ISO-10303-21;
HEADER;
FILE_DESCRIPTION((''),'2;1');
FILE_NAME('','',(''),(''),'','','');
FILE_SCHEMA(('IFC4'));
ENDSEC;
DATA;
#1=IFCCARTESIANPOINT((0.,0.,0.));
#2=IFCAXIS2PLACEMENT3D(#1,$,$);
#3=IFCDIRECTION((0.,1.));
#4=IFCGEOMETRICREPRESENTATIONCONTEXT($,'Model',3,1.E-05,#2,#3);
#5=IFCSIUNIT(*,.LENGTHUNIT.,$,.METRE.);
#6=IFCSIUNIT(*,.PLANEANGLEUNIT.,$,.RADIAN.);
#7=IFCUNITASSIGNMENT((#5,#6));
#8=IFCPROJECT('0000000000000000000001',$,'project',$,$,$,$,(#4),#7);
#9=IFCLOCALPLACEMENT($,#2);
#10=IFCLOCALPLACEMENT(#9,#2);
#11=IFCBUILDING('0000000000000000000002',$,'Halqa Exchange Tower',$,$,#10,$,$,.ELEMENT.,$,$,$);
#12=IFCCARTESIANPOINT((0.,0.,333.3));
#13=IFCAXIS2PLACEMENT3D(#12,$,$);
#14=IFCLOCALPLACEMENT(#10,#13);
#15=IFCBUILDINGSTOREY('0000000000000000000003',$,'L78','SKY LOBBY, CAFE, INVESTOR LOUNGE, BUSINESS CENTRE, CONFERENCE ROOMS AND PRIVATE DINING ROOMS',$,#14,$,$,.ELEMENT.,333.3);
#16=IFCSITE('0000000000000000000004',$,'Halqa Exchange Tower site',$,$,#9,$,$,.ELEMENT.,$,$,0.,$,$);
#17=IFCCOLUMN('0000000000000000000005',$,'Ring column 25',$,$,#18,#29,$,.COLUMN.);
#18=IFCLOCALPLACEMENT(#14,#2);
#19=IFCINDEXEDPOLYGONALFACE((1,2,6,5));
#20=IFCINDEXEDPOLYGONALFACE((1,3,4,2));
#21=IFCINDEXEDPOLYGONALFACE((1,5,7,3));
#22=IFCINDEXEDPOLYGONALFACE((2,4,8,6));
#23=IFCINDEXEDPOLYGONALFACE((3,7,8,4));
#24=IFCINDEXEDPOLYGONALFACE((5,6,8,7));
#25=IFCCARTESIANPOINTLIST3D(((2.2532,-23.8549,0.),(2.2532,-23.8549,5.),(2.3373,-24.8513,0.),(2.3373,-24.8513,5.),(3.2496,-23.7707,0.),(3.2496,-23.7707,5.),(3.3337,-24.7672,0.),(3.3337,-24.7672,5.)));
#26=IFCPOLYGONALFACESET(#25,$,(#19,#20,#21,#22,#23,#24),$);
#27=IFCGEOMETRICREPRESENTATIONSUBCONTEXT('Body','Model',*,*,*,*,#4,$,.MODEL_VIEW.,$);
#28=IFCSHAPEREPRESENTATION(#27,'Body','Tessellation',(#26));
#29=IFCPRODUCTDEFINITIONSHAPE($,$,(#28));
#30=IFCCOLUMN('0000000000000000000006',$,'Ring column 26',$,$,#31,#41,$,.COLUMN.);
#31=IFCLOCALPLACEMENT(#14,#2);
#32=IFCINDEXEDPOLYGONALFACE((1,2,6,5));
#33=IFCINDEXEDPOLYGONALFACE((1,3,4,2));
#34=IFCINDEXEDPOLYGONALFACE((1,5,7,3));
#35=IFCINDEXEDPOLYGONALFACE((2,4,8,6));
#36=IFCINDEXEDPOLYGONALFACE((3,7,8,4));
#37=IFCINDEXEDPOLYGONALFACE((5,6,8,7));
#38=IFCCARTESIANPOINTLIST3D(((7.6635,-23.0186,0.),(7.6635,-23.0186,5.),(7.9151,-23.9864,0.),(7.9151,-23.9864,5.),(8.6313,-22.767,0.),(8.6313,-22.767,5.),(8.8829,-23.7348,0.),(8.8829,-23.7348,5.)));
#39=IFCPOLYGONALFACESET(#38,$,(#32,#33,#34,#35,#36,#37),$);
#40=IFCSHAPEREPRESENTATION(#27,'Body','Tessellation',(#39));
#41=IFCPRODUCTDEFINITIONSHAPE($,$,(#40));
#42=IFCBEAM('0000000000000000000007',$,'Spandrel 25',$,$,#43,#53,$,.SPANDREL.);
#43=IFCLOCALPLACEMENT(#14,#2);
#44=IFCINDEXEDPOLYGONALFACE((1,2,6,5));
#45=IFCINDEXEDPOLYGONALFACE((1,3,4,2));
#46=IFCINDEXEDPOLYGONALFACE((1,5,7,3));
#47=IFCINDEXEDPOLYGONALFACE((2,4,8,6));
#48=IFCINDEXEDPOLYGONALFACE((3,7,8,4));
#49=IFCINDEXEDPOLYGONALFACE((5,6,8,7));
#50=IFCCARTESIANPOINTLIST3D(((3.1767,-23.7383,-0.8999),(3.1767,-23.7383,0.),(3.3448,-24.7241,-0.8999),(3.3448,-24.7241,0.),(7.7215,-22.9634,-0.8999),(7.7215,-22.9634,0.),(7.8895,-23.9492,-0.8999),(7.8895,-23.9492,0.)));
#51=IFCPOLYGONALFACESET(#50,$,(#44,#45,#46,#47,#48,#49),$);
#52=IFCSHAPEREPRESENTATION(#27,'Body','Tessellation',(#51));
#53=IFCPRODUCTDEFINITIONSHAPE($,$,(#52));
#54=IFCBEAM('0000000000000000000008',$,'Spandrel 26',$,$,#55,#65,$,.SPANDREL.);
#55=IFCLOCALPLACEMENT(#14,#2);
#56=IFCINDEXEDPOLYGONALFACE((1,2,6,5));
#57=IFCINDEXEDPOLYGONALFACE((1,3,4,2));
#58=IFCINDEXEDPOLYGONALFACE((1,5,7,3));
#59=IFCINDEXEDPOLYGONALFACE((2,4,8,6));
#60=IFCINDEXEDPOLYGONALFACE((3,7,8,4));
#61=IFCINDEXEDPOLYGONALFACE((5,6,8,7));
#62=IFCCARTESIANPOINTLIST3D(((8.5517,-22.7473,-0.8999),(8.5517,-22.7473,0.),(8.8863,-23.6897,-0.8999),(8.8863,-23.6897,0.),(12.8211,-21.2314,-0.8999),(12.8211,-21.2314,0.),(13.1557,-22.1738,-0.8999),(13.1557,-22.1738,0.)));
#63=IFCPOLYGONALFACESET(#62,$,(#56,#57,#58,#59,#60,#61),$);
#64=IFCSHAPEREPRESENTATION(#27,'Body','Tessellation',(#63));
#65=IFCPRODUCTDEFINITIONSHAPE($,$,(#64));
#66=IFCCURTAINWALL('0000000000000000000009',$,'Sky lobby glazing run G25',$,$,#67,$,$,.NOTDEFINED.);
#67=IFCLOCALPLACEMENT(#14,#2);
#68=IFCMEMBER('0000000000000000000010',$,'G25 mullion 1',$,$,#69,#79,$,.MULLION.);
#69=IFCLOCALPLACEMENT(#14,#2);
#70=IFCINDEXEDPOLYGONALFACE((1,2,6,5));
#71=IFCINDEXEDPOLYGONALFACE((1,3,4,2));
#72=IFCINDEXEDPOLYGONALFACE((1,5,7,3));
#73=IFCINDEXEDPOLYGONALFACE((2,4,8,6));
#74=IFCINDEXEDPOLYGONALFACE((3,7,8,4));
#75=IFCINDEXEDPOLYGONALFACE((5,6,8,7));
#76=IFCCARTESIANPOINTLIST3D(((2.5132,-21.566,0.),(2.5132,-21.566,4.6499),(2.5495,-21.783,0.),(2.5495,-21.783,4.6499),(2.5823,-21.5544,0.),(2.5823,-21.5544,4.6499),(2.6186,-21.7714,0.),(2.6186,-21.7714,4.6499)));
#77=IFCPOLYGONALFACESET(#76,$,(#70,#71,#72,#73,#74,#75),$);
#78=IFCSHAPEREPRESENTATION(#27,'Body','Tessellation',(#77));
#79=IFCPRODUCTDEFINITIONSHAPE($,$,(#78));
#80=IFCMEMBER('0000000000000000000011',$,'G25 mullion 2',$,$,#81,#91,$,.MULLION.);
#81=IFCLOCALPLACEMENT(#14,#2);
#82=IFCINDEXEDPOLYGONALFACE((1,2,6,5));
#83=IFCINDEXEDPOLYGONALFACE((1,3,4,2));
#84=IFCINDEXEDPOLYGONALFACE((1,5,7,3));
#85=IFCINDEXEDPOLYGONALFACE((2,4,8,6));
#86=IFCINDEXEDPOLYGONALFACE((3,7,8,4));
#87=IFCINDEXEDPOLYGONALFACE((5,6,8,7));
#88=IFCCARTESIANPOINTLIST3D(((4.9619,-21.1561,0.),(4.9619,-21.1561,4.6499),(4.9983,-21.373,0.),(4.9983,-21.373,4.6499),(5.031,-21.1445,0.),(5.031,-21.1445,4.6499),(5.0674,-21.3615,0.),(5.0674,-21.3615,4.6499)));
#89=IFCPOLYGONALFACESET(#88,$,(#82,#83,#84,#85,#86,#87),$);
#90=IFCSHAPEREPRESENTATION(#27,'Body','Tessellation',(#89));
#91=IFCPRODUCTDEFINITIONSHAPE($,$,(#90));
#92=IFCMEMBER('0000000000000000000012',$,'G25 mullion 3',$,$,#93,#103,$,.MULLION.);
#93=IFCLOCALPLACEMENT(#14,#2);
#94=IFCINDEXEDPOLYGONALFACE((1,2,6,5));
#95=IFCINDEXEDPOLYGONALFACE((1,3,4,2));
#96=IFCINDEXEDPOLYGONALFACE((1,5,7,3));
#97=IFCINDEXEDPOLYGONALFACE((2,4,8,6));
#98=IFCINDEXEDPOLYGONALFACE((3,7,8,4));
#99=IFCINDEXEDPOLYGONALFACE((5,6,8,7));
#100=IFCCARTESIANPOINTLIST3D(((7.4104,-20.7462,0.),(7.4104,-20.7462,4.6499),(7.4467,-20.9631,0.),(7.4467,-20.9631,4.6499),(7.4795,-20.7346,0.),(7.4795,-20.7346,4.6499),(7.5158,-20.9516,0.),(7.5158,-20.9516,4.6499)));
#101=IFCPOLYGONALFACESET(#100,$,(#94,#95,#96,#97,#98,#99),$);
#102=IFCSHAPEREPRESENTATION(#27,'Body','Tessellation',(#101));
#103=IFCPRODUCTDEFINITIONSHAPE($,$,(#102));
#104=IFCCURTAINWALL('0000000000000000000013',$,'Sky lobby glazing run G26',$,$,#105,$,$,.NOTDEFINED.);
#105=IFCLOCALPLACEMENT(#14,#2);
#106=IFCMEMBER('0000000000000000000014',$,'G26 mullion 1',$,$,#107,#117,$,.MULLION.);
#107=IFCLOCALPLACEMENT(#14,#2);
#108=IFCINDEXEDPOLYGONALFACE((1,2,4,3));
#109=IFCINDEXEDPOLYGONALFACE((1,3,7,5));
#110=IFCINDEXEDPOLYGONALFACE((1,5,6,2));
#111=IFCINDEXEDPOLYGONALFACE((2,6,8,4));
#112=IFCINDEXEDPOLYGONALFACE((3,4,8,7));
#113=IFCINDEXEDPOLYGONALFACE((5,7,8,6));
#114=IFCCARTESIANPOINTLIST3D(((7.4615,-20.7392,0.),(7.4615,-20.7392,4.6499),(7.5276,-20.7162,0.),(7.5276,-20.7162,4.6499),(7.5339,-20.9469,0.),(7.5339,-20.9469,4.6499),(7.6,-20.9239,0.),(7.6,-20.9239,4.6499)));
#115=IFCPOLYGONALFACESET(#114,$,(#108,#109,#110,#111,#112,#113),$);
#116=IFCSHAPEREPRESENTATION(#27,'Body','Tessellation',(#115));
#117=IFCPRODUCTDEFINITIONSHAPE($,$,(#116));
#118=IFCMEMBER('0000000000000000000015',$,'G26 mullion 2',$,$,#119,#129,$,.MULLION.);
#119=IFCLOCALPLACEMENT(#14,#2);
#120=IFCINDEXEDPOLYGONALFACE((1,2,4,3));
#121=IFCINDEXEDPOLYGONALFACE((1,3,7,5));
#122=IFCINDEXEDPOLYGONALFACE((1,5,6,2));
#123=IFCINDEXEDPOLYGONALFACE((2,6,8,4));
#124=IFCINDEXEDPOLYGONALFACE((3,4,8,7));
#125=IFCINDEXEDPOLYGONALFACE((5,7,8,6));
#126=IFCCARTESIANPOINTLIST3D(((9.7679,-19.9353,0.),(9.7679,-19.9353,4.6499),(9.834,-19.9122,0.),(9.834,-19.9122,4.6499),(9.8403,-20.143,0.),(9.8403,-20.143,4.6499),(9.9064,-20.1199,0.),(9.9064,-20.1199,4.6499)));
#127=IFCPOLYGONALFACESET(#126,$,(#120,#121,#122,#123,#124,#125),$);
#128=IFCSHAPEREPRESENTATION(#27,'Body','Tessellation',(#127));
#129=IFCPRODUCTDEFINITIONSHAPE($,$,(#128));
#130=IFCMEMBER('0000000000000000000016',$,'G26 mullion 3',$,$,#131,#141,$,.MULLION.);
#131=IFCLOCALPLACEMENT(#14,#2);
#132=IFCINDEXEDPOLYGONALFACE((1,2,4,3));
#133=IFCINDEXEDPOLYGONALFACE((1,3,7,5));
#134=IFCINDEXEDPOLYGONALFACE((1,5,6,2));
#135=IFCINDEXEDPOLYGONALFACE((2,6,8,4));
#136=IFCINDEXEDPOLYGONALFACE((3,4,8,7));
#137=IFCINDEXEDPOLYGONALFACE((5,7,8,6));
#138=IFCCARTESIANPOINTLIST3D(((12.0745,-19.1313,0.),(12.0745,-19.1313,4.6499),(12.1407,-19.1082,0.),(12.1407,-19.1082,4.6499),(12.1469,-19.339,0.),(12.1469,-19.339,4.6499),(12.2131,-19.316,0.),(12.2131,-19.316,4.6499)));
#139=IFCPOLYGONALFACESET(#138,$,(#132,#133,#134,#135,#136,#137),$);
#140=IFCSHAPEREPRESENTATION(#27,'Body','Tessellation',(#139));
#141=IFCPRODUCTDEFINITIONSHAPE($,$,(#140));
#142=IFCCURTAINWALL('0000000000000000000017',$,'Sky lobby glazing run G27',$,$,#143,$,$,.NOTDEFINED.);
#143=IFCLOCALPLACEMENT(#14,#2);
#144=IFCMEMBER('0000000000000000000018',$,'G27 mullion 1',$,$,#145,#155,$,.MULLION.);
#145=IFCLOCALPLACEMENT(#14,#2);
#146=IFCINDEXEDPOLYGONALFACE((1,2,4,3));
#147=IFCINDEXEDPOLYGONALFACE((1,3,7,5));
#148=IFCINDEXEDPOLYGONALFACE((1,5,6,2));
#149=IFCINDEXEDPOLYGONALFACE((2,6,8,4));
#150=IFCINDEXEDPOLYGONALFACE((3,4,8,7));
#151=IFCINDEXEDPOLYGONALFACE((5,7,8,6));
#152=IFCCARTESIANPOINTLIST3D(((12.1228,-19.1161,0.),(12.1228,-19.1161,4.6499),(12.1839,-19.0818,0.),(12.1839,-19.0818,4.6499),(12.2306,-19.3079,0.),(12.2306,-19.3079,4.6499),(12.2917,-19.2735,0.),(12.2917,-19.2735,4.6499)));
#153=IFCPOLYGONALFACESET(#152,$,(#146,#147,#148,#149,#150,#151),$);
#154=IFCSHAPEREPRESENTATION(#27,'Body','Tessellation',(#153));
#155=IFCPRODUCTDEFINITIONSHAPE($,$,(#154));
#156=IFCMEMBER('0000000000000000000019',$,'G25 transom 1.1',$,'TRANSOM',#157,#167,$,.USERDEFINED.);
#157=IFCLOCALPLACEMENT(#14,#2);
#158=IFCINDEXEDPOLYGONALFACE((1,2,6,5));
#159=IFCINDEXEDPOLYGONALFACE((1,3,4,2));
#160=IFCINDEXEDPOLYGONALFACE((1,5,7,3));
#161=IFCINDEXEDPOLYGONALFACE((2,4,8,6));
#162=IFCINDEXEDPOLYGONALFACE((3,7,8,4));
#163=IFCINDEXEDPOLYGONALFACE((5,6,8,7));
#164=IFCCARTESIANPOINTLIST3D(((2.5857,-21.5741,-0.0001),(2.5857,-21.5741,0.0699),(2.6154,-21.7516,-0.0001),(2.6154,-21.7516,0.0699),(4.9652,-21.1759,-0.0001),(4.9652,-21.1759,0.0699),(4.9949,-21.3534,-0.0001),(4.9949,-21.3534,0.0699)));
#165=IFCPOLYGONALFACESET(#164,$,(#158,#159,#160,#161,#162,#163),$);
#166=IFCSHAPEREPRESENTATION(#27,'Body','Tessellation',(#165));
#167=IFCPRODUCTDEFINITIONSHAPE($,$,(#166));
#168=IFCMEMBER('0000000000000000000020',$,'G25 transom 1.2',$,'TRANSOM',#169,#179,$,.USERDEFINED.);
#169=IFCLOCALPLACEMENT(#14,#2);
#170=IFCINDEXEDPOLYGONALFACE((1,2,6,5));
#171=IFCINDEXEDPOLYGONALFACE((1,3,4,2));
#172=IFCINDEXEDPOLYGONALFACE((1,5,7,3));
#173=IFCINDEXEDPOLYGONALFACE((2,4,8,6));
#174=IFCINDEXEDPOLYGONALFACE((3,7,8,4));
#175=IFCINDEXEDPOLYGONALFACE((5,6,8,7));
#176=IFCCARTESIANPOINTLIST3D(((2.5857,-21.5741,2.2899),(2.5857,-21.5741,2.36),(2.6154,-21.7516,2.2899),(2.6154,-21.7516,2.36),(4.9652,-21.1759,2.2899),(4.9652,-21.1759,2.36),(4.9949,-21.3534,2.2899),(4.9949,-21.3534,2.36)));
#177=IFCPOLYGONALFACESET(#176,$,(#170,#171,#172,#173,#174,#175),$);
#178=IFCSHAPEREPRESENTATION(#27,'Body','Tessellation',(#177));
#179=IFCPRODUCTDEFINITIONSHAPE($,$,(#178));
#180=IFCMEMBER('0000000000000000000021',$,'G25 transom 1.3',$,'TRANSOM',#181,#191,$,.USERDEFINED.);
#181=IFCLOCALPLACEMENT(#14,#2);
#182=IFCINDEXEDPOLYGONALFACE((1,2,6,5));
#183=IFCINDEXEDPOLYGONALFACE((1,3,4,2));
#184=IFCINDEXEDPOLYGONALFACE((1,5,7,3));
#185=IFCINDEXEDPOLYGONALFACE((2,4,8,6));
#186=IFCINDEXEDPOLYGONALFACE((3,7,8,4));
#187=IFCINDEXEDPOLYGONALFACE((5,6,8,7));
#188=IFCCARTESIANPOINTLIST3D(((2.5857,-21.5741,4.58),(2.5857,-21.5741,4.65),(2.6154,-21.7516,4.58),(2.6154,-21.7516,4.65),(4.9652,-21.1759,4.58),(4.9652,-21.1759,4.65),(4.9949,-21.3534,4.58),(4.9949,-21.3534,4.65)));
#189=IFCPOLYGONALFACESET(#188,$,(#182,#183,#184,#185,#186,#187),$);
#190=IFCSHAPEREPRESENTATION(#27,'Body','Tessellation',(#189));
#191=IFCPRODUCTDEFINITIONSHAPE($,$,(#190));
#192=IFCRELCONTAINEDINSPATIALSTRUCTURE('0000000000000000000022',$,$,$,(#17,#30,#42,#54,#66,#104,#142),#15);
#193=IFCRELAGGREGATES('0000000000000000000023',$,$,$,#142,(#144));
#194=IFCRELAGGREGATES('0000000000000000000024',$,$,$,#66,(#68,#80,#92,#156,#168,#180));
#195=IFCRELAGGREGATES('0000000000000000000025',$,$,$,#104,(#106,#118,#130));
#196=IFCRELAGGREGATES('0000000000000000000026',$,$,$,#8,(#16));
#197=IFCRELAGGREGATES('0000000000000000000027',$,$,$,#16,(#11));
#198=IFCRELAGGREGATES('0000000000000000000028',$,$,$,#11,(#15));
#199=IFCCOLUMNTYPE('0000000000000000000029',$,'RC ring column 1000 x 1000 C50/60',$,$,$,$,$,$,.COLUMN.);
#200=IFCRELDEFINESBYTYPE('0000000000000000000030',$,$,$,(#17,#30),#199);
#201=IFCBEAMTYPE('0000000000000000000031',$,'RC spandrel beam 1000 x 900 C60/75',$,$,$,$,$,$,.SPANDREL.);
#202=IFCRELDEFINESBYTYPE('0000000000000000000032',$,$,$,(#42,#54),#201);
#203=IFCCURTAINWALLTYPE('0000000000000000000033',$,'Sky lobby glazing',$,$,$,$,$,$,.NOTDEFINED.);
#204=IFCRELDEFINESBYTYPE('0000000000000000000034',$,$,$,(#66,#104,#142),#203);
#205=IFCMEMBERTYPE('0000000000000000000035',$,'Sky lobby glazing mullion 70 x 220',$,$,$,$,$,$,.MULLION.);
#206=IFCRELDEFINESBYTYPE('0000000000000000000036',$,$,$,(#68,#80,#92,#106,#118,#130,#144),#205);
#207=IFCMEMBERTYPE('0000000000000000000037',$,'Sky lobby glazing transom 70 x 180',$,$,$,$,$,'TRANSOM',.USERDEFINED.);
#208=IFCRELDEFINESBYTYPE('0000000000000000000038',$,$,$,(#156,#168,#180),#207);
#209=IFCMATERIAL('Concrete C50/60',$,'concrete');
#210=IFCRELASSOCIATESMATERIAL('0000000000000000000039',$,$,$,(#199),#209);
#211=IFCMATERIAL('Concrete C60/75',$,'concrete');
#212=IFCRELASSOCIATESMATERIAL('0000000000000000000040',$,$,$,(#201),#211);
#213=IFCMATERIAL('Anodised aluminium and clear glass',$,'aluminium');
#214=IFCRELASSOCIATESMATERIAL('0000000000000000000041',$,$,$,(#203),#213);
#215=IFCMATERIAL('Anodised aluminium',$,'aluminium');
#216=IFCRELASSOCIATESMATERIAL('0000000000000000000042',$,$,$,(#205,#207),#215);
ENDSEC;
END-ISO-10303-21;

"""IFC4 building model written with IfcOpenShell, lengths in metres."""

from ifc_helpers import new_model, si_unit, direction, frame, origin, origin_2d, place, context, subcontext, project, spatial, rectangle, extrude, material, material_profile, profile_set, type_object, element, aggregate, save


model = new_model("IFC4")

# Units and contexts
model_context = context("Model", 3, precision=1e-05, world=origin(), true_north=direction((0.0, 1.0)))
body_context = subcontext(model_context, "Body", "Model", "MODEL_VIEW")
ifc_project = project(units=[si_unit("LENGTHUNIT", "METRE"), si_unit("PLANEANGLEUNIT", "RADIAN")], contexts=[model_context])

# Site, building, storey
site_placement = place(None, origin())
site = spatial("IfcSite", under=ifc_project, at=site_placement, Name="Halqa Exchange Tower site", CompositionType="ELEMENT", RefElevation=0.0)
building_placement = place(site_placement, origin())
building = spatial("IfcBuilding", under=site, at=building_placement, Name="Halqa Exchange Tower", CompositionType="ELEMENT")
storey_placement = place(building_placement, frame((0.0, 0.0, 333.3)))
storey = spatial("IfcBuildingStorey", under=building, at=storey_placement, Name="L78", Description="SKY LOBBY, CAFE, INVESTOR LOUNGE, BUSINESS CENTRE, CONFERENCE ROOMS AND PRIVATE DINING ROOMS", CompositionType="ELEMENT", Elevation=333.3)

# Columns
ifc_material_1 = material(Name="Concrete C50/60", Category="concrete")
ifc_material_profile_1 = material_profile(ifc_material_1, rectangle(XDim=1.0, YDim=1.0, at=origin_2d()), Name="1000 x 1000")
ifc_profile_set_1 = profile_set([ifc_material_profile_1], Name="Concrete C50/60")
column_type = type_object("IfcColumnType", Name="RC ring column 1000 x 1000 C50/60", PredefinedType="COLUMN", material=ifc_profile_set_1)
for number, where, z_axis, x_axis, name in (
    (1, (2.7935, -24.311, 0.0), (0.0, 0.0, 1.0), (0.996455, 0.084127, 0.0), "Ring column 25"),
    (2, (8.2732, -23.3767, 0.0), (0.0, 0.0, 1.0), (0.967819, 0.251647, 0.0), "Ring column 26"),
):
    element("IfcColumn", number, at=place(storey_placement, frame(where, z_axis=z_axis, x_axis=x_axis)), inside=storey, type_object=column_type, Name=name, PredefinedType="COLUMN", context=body_context, shape_type="SweptSolid", body=[
        extrude(rectangle(XDim=1.0, YDim=1.0, at=origin_2d()), origin(), (0.0, 0.0, 1.0), 5.0),
    ])

# Beams
ifc_material_2 = material(Name="Concrete C60/75", Category="concrete")
ifc_material_profile_2 = material_profile(ifc_material_2, rectangle(XDim=1.0, YDim=0.8999, at=origin_2d()), Name="1000 x 900")
ifc_profile_set_2 = profile_set([ifc_material_profile_2], Name="Concrete C60/75")
beam_type = type_object("IfcBeamType", Name="RC spandrel beam 1000 x 900 C60/75", PredefinedType="SPANDREL", material=ifc_profile_set_2)
beam_1_placement = place(storey_placement, frame((3.2607, -24.2312, -0.45), z_axis=(0.985773, 0.168082, 0.0), x_axis=(-0.168082, 0.985773, 0.0)))
element("IfcBeam", 3, at=beam_1_placement, inside=storey, type_object=beam_type, Name="Spandrel 25", PredefinedType="SPANDREL", context=body_context, shape_type="SweptSolid", body=[
    extrude(rectangle(XDim=1.0, YDim=0.8999, at=origin_2d()), origin(), (0.0, 0.0, 1.0), 4.6104),
])
beam_2_placement = place(storey_placement, frame((8.719, -23.2185, -0.45), z_axis=(0.942361, 0.334598, 0.0), x_axis=(-0.334598, 0.942361, 0.0)))
element("IfcBeam", 4, at=beam_2_placement, inside=storey, type_object=beam_type, Name="Spandrel 26", PredefinedType="SPANDREL", context=body_context, shape_type="SweptSolid", body=[
    extrude(rectangle(XDim=1.0, YDim=0.8999, at=origin_2d()), origin(), (0.0, 0.0, 1.0), 4.5305),
])

# Curtain walls, members
ifc_material_3 = material(Name="Anodised aluminium and clear glass", Category="aluminium")
curtain_wall_type = type_object("IfcCurtainWallType", Name="Sky lobby glazing", PredefinedType="NOTDEFINED", material=ifc_material_3)
curtain_wall_1_placement = place(storey_placement, origin())
curtain_wall_1 = element("IfcCurtainWall", 5, at=curtain_wall_1_placement, inside=storey, type_object=curtain_wall_type, Name="Sky lobby glazing run G25", PredefinedType="NOTDEFINED")
ifc_material_4 = material(Name="Anodised aluminium", Category="aluminium")
ifc_material_profile_3 = material_profile(ifc_material_4, rectangle(XDim=0.22, YDim=0.0701, at=origin_2d()), Name="AL 70x220")
ifc_profile_set_3 = profile_set([ifc_material_profile_3], Name="Anodised aluminium")
member_type_1 = type_object("IfcMemberType", Name="Sky lobby glazing mullion 70 x 220", PredefinedType="MULLION", material=ifc_profile_set_3)
member_1_placement = place(storey_placement, frame((2.5659, -21.6687, 0.0), z_axis=(0.0, 0.0, 1.0), x_axis=(-0.165117, 0.986274, 0.0)))
member_1 = element("IfcMember", 6, at=member_1_placement, type_object=member_type_1, Name="G25 mullion 1", PredefinedType="MULLION", context=body_context, shape_type="SweptSolid", body=[
    extrude(rectangle(XDim=0.22, YDim=0.0701, at=origin_2d()), origin(), (0.0, 0.0, 1.0), 4.6499),
])
member_2_placement = place(storey_placement, frame((5.0146, -21.2588, 0.0), z_axis=(0.0, 0.0, 1.0), x_axis=(-0.165117, 0.986274, 0.0)))
member_2 = element("IfcMember", 7, at=member_2_placement, type_object=member_type_1, Name="G25 mullion 2", PredefinedType="MULLION", context=body_context, shape_type="SweptSolid", body=[
    extrude(rectangle(XDim=0.22, YDim=0.0701, at=origin_2d()), origin(), (0.0, 0.0, 1.0), 4.6499),
])
member_3_placement = place(storey_placement, frame((7.4631, -20.8489, 0.0), z_axis=(0.0, 0.0, 1.0), x_axis=(-0.165117, 0.986274, 0.0)))
member_3 = element("IfcMember", 8, at=member_3_placement, type_object=member_type_1, Name="G25 mullion 3", PredefinedType="MULLION", context=body_context, shape_type="SweptSolid", body=[
    extrude(rectangle(XDim=0.22, YDim=0.0701, at=origin_2d()), origin(), (0.0, 0.0, 1.0), 4.6499),
])
curtain_wall_2_placement = place(storey_placement, origin())
curtain_wall_2 = element("IfcCurtainWall", 9, at=curtain_wall_2_placement, inside=storey, type_object=curtain_wall_type, Name="Sky lobby glazing run G26", PredefinedType="NOTDEFINED")
member_4_placement = place(storey_placement, frame((7.5308, -20.8315, 0.0), z_axis=(0.0, 0.0, 1.0), x_axis=(-0.32916, 0.944274, 0.0)))
member_4 = element("IfcMember", 10, at=member_4_placement, type_object=member_type_1, Name="G26 mullion 1", PredefinedType="MULLION", context=body_context, shape_type="SweptSolid", body=[
    extrude(rectangle(XDim=0.22, YDim=0.0701, at=origin_2d()), origin(), (0.0, 0.0, 1.0), 4.6499),
])
member_5_placement = place(storey_placement, frame((9.8372, -20.0276, 0.0), z_axis=(0.0, 0.0, 1.0), x_axis=(-0.32916, 0.944274, 0.0)))
member_5 = element("IfcMember", 11, at=member_5_placement, type_object=member_type_1, Name="G26 mullion 2", PredefinedType="MULLION", context=body_context, shape_type="SweptSolid", body=[
    extrude(rectangle(XDim=0.22, YDim=0.0701, at=origin_2d()), origin(), (0.0, 0.0, 1.0), 4.6499),
])
member_6_placement = place(storey_placement, frame((12.1438, -19.2236, 0.0), z_axis=(0.0, 0.0, 1.0), x_axis=(-0.32916, 0.944274, 0.0)))
member_6 = element("IfcMember", 12, at=member_6_placement, type_object=member_type_1, Name="G26 mullion 3", PredefinedType="MULLION", context=body_context, shape_type="SweptSolid", body=[
    extrude(rectangle(XDim=0.22, YDim=0.0701, at=origin_2d()), origin(), (0.0, 0.0, 1.0), 4.6499),
])

# Curtain wall, member
curtain_wall_3_placement = place(storey_placement, origin())
curtain_wall_3 = element("IfcCurtainWall", 13, at=curtain_wall_3_placement, inside=storey, type_object=curtain_wall_type, Name="Sky lobby glazing run G27", PredefinedType="NOTDEFINED")
member_7_placement = place(storey_placement, frame((12.2073, -19.1948, 0.0), z_axis=(0.0, 0.0, 1.0), x_axis=(-0.490158, 0.871634, 0.0)))
member_7 = element("IfcMember", 14, at=member_7_placement, type_object=member_type_1, Name="G27 mullion 1", PredefinedType="MULLION", context=body_context, shape_type="SweptSolid", body=[
    extrude(rectangle(XDim=0.22, YDim=0.0701, at=origin_2d()), origin(), (0.0, 0.0, 1.0), 4.6499),
])

# Members
ifc_material_profile_4 = material_profile(ifc_material_4, rectangle(XDim=0.1799, YDim=0.0701, at=origin_2d()), Name="AL 70x180")
ifc_profile_set_4 = profile_set([ifc_material_profile_4], Name="Anodised aluminium")
member_type_2 = type_object("IfcMemberType", Name="Sky lobby glazing transom 70 x 180", ElementType="TRANSOM", PredefinedType="USERDEFINED", material=ifc_profile_set_4)
member_8_placement = place(storey_placement, frame((2.6006, -21.6628, 0.0349), z_axis=(0.986284, 0.165055, 0.0), x_axis=(-0.165055, 0.986284, 0.0)))
member_8 = element("IfcMember", 15, at=member_8_placement, type_object=member_type_2, Name="G25 transom 1.1", ObjectType="TRANSOM", PredefinedType="USERDEFINED", context=body_context, shape_type="SweptSolid", body=[
    extrude(rectangle(XDim=0.1799, YDim=0.0701, at=origin_2d()), origin(), (0.0, 0.0, 1.0), 2.4126),
])
member_9_placement = place(storey_placement, frame((2.6006, -21.6628, 2.325), z_axis=(0.986284, 0.165055, 0.0), x_axis=(-0.165055, 0.986284, 0.0)))
member_9 = element("IfcMember", 16, at=member_9_placement, type_object=member_type_2, Name="G25 transom 1.2", ObjectType="TRANSOM", PredefinedType="USERDEFINED", context=body_context, shape_type="SweptSolid", body=[
    extrude(rectangle(XDim=0.1799, YDim=0.0701, at=origin_2d()), origin(), (0.0, 0.0, 1.0), 2.4126),
])
member_10_placement = place(storey_placement, frame((2.6006, -21.6628, 4.615), z_axis=(0.986284, 0.165055, 0.0), x_axis=(-0.165055, 0.986284, 0.0)))
member_10 = element("IfcMember", 17, at=member_10_placement, type_object=member_type_2, Name="G25 transom 1.3", ObjectType="TRANSOM", PredefinedType="USERDEFINED", context=body_context, shape_type="SweptSolid", body=[
    extrude(rectangle(XDim=0.1799, YDim=0.0701, at=origin_2d()), origin(), (0.0, 0.0, 1.0), 2.4126),
])
aggregate(curtain_wall_3, [member_7])

aggregate(curtain_wall_1, [member_1, member_2, member_3, member_8, member_9, member_10])
aggregate(curtain_wall_2, [member_4, member_5, member_6])

save(model, "model.ifc")
